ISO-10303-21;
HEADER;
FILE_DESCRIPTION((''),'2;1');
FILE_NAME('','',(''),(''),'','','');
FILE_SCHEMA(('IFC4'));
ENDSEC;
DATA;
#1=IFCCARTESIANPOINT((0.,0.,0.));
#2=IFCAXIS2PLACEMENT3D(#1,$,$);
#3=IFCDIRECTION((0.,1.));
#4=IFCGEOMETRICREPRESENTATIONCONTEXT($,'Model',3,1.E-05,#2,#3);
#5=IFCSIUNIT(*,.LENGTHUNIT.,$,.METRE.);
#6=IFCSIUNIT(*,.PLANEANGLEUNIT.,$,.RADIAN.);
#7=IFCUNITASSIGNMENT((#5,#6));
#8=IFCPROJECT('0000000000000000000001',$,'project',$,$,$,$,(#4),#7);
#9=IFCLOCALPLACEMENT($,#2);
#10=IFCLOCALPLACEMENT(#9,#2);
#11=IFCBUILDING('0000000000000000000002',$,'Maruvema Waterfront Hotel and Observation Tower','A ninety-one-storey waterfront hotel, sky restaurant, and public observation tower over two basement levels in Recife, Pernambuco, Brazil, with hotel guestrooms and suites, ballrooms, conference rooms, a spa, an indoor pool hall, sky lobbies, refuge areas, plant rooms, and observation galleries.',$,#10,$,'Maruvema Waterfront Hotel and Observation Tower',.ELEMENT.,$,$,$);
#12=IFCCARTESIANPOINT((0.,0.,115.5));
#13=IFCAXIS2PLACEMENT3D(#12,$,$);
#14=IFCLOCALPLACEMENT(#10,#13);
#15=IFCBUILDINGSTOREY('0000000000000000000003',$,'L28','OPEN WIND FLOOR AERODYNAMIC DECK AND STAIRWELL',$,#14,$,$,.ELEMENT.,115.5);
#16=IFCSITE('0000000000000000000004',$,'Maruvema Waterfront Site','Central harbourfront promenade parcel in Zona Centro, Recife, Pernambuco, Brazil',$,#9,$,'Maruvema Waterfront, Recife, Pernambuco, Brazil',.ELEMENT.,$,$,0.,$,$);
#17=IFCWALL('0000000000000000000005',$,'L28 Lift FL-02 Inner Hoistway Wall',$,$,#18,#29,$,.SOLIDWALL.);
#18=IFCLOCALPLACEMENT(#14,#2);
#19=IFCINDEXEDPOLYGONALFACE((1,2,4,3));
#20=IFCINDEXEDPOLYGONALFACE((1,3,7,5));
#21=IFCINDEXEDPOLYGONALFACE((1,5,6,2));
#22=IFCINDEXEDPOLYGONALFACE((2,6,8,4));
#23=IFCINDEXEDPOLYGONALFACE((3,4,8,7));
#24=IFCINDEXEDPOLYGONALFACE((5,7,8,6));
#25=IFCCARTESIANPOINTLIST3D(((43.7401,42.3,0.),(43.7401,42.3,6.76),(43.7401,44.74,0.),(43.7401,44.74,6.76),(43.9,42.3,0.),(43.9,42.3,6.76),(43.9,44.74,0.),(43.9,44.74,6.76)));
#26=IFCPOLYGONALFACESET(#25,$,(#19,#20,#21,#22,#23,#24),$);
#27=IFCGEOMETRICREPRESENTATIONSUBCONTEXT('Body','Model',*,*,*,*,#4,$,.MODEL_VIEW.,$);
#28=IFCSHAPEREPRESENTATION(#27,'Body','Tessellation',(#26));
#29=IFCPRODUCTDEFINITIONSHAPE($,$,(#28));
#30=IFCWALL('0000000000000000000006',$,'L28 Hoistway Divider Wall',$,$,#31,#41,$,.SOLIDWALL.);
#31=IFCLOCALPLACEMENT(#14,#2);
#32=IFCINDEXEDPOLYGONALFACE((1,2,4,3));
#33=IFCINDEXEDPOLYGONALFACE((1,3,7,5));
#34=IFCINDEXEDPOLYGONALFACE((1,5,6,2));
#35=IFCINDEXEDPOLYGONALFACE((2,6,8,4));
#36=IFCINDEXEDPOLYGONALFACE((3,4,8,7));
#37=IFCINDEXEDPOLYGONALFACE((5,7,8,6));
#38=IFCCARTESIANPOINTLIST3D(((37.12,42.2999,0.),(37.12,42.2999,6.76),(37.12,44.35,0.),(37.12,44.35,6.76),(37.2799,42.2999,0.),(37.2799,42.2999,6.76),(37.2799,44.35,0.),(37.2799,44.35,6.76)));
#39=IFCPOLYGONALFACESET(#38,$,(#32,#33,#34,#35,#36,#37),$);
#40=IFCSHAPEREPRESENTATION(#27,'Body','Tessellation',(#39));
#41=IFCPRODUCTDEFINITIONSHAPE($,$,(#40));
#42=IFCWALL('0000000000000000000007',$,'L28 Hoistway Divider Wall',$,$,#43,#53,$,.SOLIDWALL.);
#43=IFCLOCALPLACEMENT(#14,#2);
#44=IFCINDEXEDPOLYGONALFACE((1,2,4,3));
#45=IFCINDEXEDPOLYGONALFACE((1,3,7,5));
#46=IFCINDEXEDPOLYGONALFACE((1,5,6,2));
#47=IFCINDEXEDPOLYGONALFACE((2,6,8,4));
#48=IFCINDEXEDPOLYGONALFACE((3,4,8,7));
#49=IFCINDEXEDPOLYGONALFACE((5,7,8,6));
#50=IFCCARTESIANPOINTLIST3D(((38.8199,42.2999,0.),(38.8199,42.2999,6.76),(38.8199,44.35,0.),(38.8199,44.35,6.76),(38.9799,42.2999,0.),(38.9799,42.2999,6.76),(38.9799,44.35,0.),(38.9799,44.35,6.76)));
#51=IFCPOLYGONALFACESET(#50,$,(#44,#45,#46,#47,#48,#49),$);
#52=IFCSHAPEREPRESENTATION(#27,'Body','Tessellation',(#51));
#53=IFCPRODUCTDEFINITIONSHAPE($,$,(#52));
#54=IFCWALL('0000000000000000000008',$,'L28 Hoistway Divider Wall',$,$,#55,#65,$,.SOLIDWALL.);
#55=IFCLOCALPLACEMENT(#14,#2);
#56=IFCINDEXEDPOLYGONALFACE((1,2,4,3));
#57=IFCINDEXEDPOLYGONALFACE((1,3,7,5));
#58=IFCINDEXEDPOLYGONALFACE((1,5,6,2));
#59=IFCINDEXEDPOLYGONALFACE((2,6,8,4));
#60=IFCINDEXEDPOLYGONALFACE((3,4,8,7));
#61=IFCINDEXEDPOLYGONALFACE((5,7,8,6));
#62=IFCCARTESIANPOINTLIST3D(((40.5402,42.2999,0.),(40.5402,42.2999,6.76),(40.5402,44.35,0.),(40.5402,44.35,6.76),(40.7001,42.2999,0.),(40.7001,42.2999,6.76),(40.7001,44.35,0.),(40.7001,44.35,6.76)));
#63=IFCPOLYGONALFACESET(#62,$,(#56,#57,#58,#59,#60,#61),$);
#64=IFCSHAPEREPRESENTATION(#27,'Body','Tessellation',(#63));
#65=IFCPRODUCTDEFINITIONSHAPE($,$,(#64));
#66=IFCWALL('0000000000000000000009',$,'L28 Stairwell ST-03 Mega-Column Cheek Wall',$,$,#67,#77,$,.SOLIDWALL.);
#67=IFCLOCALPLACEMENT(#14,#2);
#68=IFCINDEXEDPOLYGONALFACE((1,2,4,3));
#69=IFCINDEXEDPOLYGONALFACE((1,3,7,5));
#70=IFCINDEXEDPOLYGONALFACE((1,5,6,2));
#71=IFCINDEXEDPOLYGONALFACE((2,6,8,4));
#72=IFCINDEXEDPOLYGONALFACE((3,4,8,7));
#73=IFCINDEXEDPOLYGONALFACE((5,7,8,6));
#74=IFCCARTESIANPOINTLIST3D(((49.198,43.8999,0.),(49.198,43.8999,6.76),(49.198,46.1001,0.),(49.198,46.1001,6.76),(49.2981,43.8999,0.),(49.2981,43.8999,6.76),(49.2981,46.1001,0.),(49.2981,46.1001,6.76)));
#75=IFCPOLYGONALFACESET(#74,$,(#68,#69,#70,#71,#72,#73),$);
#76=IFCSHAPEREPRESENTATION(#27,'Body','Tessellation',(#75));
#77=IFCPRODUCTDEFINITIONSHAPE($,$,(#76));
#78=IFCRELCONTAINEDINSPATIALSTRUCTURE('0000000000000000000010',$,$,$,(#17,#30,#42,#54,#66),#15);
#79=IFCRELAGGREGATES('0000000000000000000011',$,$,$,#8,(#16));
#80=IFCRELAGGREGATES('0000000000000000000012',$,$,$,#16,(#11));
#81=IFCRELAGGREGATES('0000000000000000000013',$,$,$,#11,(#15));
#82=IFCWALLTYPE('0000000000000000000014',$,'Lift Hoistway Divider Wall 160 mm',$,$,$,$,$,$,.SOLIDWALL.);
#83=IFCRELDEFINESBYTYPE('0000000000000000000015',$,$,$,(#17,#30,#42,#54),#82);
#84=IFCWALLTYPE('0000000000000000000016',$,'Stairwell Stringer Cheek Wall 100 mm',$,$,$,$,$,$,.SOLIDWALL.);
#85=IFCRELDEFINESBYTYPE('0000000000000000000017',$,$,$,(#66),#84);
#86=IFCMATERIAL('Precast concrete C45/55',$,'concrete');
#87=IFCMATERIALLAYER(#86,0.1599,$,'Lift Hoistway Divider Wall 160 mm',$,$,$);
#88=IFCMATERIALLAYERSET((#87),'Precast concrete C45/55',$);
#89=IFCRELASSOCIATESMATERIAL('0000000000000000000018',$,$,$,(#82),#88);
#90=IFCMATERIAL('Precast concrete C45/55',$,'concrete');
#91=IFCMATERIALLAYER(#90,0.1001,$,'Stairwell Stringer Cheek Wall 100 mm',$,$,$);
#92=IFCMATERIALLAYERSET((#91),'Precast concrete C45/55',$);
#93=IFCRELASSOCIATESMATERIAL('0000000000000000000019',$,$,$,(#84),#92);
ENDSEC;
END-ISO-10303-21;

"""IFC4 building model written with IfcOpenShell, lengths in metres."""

from ifc_helpers import new_model, si_unit, direction, frame, frame_2d, origin, place, context, subcontext, project, spatial, rectangle, extrude, material, layer, layer_set, type_object, element, save


model = new_model("IFC4")

# Units and contexts
model_context = context("Model", 3, precision=1e-05, world=origin(), true_north=direction((0.0, 1.0)))
body_context = subcontext(model_context, "Body", "Model", "MODEL_VIEW")
ifc_project = project(units=[si_unit("LENGTHUNIT", "METRE"), si_unit("PLANEANGLEUNIT", "RADIAN")], contexts=[model_context])

# Site, building, storey
site_placement = place(None, origin())
site = spatial("IfcSite", under=ifc_project, at=site_placement, Name="Maruvema Waterfront Site", Description="Central harbourfront promenade parcel in Zona Centro, Recife, Pernambuco, Brazil", LongName="Maruvema Waterfront, Recife, Pernambuco, Brazil", CompositionType="ELEMENT", RefElevation=0.0)
building_placement = place(site_placement, origin())
building = spatial("IfcBuilding", under=site, at=building_placement, Name="Maruvema Waterfront Hotel and Observation Tower", Description="A ninety-one-storey waterfront hotel, sky restaurant, and public observation tower over two basement levels in Recife, Pernambuco, Brazil, with hotel guestrooms and suites, ballrooms, conference rooms, a spa, an indoor pool hall, sky lobbies, refuge areas, plant rooms, and observation galleries.", LongName="Maruvema Waterfront Hotel and Observation Tower", CompositionType="ELEMENT")
storey_placement = place(building_placement, frame((0.0, 0.0, 115.5)))
storey = spatial("IfcBuildingStorey", under=building, at=storey_placement, Name="L28", Description="OPEN WIND FLOOR AERODYNAMIC DECK AND STAIRWELL", CompositionType="ELEMENT", Elevation=115.5)

# Walls
ifc_material_1 = material(Name="Precast concrete C45/55", Category="concrete")
ifc_layer_1 = layer(ifc_material_1, 0.1599, Name="Lift Hoistway Divider Wall 160 mm")
ifc_layer_set_1 = layer_set([ifc_layer_1], Name="Precast concrete C45/55")
wall_type_1 = type_object("IfcWallType", Name="Lift Hoistway Divider Wall 160 mm", PredefinedType="SOLIDWALL", material=ifc_layer_set_1)
wall_1_placement = place(storey_placement, frame((43.8201, 42.3, 0.0), z_axis=(0.0, 0.0, 1.0), x_axis=(0.0, 1.0, 0.0)))
element("IfcWall", 1, at=wall_1_placement, inside=storey, type_object=wall_type_1, Name="L28 Lift FL-02 Inner Hoistway Wall", PredefinedType="SOLIDWALL", context=body_context, shape_type="SweptSolid", body=[
    extrude(rectangle(XDim=2.4399, YDim=0.1599, at=frame_2d((1.22, 0.0))), origin(), (0.0, 0.0, 1.0), 6.76),
])
for number, where, z_axis, x_axis, name in (
    (2, (37.2, 42.3, 0.0), (0.0, 0.0, 1.0), (0.0, 1.0, 0.0), "L28 Hoistway Divider Wall"),
    (3, (38.8999, 42.3, 0.0), (0.0, 0.0, 1.0), (0.0, 1.0, 0.0), "L28 Hoistway Divider Wall"),
    (4, (40.6201, 42.3, 0.0), (0.0, 0.0, 1.0), (0.0, 1.0, 0.0), "L28 Hoistway Divider Wall"),
):
    element("IfcWall", number, at=place(storey_placement, frame(where, z_axis=z_axis, x_axis=x_axis)), inside=storey, type_object=wall_type_1, Name=name, PredefinedType="SOLIDWALL", context=body_context, shape_type="SweptSolid", body=[
        extrude(rectangle(XDim=2.05, YDim=0.1599, at=frame_2d((1.0249, 0.0))), origin(), (0.0, 0.0, 1.0), 6.76),
    ])
ifc_material_2 = material(Name="Precast concrete C45/55", Category="concrete")
ifc_layer_2 = layer(ifc_material_2, 0.1001, Name="Stairwell Stringer Cheek Wall 100 mm")
ifc_layer_set_2 = layer_set([ifc_layer_2], Name="Precast concrete C45/55")
wall_type_2 = type_object("IfcWallType", Name="Stairwell Stringer Cheek Wall 100 mm", PredefinedType="SOLIDWALL", material=ifc_layer_set_2)
wall_2_placement = place(storey_placement, frame((49.248, 43.8999, 0.0), z_axis=(0.0, 0.0, 1.0), x_axis=(0.0, 1.0, 0.0)))
element("IfcWall", 5, at=wall_2_placement, inside=storey, type_object=wall_type_2, Name="L28 Stairwell ST-03 Mega-Column Cheek Wall", PredefinedType="SOLIDWALL", context=body_context, shape_type="SweptSolid", body=[
    extrude(rectangle(XDim=2.2002, YDim=0.1001, at=frame_2d((1.1001, 0.0))), origin(), (0.0, 0.0, 1.0), 6.76),
])

save(model, "model.ifc")
